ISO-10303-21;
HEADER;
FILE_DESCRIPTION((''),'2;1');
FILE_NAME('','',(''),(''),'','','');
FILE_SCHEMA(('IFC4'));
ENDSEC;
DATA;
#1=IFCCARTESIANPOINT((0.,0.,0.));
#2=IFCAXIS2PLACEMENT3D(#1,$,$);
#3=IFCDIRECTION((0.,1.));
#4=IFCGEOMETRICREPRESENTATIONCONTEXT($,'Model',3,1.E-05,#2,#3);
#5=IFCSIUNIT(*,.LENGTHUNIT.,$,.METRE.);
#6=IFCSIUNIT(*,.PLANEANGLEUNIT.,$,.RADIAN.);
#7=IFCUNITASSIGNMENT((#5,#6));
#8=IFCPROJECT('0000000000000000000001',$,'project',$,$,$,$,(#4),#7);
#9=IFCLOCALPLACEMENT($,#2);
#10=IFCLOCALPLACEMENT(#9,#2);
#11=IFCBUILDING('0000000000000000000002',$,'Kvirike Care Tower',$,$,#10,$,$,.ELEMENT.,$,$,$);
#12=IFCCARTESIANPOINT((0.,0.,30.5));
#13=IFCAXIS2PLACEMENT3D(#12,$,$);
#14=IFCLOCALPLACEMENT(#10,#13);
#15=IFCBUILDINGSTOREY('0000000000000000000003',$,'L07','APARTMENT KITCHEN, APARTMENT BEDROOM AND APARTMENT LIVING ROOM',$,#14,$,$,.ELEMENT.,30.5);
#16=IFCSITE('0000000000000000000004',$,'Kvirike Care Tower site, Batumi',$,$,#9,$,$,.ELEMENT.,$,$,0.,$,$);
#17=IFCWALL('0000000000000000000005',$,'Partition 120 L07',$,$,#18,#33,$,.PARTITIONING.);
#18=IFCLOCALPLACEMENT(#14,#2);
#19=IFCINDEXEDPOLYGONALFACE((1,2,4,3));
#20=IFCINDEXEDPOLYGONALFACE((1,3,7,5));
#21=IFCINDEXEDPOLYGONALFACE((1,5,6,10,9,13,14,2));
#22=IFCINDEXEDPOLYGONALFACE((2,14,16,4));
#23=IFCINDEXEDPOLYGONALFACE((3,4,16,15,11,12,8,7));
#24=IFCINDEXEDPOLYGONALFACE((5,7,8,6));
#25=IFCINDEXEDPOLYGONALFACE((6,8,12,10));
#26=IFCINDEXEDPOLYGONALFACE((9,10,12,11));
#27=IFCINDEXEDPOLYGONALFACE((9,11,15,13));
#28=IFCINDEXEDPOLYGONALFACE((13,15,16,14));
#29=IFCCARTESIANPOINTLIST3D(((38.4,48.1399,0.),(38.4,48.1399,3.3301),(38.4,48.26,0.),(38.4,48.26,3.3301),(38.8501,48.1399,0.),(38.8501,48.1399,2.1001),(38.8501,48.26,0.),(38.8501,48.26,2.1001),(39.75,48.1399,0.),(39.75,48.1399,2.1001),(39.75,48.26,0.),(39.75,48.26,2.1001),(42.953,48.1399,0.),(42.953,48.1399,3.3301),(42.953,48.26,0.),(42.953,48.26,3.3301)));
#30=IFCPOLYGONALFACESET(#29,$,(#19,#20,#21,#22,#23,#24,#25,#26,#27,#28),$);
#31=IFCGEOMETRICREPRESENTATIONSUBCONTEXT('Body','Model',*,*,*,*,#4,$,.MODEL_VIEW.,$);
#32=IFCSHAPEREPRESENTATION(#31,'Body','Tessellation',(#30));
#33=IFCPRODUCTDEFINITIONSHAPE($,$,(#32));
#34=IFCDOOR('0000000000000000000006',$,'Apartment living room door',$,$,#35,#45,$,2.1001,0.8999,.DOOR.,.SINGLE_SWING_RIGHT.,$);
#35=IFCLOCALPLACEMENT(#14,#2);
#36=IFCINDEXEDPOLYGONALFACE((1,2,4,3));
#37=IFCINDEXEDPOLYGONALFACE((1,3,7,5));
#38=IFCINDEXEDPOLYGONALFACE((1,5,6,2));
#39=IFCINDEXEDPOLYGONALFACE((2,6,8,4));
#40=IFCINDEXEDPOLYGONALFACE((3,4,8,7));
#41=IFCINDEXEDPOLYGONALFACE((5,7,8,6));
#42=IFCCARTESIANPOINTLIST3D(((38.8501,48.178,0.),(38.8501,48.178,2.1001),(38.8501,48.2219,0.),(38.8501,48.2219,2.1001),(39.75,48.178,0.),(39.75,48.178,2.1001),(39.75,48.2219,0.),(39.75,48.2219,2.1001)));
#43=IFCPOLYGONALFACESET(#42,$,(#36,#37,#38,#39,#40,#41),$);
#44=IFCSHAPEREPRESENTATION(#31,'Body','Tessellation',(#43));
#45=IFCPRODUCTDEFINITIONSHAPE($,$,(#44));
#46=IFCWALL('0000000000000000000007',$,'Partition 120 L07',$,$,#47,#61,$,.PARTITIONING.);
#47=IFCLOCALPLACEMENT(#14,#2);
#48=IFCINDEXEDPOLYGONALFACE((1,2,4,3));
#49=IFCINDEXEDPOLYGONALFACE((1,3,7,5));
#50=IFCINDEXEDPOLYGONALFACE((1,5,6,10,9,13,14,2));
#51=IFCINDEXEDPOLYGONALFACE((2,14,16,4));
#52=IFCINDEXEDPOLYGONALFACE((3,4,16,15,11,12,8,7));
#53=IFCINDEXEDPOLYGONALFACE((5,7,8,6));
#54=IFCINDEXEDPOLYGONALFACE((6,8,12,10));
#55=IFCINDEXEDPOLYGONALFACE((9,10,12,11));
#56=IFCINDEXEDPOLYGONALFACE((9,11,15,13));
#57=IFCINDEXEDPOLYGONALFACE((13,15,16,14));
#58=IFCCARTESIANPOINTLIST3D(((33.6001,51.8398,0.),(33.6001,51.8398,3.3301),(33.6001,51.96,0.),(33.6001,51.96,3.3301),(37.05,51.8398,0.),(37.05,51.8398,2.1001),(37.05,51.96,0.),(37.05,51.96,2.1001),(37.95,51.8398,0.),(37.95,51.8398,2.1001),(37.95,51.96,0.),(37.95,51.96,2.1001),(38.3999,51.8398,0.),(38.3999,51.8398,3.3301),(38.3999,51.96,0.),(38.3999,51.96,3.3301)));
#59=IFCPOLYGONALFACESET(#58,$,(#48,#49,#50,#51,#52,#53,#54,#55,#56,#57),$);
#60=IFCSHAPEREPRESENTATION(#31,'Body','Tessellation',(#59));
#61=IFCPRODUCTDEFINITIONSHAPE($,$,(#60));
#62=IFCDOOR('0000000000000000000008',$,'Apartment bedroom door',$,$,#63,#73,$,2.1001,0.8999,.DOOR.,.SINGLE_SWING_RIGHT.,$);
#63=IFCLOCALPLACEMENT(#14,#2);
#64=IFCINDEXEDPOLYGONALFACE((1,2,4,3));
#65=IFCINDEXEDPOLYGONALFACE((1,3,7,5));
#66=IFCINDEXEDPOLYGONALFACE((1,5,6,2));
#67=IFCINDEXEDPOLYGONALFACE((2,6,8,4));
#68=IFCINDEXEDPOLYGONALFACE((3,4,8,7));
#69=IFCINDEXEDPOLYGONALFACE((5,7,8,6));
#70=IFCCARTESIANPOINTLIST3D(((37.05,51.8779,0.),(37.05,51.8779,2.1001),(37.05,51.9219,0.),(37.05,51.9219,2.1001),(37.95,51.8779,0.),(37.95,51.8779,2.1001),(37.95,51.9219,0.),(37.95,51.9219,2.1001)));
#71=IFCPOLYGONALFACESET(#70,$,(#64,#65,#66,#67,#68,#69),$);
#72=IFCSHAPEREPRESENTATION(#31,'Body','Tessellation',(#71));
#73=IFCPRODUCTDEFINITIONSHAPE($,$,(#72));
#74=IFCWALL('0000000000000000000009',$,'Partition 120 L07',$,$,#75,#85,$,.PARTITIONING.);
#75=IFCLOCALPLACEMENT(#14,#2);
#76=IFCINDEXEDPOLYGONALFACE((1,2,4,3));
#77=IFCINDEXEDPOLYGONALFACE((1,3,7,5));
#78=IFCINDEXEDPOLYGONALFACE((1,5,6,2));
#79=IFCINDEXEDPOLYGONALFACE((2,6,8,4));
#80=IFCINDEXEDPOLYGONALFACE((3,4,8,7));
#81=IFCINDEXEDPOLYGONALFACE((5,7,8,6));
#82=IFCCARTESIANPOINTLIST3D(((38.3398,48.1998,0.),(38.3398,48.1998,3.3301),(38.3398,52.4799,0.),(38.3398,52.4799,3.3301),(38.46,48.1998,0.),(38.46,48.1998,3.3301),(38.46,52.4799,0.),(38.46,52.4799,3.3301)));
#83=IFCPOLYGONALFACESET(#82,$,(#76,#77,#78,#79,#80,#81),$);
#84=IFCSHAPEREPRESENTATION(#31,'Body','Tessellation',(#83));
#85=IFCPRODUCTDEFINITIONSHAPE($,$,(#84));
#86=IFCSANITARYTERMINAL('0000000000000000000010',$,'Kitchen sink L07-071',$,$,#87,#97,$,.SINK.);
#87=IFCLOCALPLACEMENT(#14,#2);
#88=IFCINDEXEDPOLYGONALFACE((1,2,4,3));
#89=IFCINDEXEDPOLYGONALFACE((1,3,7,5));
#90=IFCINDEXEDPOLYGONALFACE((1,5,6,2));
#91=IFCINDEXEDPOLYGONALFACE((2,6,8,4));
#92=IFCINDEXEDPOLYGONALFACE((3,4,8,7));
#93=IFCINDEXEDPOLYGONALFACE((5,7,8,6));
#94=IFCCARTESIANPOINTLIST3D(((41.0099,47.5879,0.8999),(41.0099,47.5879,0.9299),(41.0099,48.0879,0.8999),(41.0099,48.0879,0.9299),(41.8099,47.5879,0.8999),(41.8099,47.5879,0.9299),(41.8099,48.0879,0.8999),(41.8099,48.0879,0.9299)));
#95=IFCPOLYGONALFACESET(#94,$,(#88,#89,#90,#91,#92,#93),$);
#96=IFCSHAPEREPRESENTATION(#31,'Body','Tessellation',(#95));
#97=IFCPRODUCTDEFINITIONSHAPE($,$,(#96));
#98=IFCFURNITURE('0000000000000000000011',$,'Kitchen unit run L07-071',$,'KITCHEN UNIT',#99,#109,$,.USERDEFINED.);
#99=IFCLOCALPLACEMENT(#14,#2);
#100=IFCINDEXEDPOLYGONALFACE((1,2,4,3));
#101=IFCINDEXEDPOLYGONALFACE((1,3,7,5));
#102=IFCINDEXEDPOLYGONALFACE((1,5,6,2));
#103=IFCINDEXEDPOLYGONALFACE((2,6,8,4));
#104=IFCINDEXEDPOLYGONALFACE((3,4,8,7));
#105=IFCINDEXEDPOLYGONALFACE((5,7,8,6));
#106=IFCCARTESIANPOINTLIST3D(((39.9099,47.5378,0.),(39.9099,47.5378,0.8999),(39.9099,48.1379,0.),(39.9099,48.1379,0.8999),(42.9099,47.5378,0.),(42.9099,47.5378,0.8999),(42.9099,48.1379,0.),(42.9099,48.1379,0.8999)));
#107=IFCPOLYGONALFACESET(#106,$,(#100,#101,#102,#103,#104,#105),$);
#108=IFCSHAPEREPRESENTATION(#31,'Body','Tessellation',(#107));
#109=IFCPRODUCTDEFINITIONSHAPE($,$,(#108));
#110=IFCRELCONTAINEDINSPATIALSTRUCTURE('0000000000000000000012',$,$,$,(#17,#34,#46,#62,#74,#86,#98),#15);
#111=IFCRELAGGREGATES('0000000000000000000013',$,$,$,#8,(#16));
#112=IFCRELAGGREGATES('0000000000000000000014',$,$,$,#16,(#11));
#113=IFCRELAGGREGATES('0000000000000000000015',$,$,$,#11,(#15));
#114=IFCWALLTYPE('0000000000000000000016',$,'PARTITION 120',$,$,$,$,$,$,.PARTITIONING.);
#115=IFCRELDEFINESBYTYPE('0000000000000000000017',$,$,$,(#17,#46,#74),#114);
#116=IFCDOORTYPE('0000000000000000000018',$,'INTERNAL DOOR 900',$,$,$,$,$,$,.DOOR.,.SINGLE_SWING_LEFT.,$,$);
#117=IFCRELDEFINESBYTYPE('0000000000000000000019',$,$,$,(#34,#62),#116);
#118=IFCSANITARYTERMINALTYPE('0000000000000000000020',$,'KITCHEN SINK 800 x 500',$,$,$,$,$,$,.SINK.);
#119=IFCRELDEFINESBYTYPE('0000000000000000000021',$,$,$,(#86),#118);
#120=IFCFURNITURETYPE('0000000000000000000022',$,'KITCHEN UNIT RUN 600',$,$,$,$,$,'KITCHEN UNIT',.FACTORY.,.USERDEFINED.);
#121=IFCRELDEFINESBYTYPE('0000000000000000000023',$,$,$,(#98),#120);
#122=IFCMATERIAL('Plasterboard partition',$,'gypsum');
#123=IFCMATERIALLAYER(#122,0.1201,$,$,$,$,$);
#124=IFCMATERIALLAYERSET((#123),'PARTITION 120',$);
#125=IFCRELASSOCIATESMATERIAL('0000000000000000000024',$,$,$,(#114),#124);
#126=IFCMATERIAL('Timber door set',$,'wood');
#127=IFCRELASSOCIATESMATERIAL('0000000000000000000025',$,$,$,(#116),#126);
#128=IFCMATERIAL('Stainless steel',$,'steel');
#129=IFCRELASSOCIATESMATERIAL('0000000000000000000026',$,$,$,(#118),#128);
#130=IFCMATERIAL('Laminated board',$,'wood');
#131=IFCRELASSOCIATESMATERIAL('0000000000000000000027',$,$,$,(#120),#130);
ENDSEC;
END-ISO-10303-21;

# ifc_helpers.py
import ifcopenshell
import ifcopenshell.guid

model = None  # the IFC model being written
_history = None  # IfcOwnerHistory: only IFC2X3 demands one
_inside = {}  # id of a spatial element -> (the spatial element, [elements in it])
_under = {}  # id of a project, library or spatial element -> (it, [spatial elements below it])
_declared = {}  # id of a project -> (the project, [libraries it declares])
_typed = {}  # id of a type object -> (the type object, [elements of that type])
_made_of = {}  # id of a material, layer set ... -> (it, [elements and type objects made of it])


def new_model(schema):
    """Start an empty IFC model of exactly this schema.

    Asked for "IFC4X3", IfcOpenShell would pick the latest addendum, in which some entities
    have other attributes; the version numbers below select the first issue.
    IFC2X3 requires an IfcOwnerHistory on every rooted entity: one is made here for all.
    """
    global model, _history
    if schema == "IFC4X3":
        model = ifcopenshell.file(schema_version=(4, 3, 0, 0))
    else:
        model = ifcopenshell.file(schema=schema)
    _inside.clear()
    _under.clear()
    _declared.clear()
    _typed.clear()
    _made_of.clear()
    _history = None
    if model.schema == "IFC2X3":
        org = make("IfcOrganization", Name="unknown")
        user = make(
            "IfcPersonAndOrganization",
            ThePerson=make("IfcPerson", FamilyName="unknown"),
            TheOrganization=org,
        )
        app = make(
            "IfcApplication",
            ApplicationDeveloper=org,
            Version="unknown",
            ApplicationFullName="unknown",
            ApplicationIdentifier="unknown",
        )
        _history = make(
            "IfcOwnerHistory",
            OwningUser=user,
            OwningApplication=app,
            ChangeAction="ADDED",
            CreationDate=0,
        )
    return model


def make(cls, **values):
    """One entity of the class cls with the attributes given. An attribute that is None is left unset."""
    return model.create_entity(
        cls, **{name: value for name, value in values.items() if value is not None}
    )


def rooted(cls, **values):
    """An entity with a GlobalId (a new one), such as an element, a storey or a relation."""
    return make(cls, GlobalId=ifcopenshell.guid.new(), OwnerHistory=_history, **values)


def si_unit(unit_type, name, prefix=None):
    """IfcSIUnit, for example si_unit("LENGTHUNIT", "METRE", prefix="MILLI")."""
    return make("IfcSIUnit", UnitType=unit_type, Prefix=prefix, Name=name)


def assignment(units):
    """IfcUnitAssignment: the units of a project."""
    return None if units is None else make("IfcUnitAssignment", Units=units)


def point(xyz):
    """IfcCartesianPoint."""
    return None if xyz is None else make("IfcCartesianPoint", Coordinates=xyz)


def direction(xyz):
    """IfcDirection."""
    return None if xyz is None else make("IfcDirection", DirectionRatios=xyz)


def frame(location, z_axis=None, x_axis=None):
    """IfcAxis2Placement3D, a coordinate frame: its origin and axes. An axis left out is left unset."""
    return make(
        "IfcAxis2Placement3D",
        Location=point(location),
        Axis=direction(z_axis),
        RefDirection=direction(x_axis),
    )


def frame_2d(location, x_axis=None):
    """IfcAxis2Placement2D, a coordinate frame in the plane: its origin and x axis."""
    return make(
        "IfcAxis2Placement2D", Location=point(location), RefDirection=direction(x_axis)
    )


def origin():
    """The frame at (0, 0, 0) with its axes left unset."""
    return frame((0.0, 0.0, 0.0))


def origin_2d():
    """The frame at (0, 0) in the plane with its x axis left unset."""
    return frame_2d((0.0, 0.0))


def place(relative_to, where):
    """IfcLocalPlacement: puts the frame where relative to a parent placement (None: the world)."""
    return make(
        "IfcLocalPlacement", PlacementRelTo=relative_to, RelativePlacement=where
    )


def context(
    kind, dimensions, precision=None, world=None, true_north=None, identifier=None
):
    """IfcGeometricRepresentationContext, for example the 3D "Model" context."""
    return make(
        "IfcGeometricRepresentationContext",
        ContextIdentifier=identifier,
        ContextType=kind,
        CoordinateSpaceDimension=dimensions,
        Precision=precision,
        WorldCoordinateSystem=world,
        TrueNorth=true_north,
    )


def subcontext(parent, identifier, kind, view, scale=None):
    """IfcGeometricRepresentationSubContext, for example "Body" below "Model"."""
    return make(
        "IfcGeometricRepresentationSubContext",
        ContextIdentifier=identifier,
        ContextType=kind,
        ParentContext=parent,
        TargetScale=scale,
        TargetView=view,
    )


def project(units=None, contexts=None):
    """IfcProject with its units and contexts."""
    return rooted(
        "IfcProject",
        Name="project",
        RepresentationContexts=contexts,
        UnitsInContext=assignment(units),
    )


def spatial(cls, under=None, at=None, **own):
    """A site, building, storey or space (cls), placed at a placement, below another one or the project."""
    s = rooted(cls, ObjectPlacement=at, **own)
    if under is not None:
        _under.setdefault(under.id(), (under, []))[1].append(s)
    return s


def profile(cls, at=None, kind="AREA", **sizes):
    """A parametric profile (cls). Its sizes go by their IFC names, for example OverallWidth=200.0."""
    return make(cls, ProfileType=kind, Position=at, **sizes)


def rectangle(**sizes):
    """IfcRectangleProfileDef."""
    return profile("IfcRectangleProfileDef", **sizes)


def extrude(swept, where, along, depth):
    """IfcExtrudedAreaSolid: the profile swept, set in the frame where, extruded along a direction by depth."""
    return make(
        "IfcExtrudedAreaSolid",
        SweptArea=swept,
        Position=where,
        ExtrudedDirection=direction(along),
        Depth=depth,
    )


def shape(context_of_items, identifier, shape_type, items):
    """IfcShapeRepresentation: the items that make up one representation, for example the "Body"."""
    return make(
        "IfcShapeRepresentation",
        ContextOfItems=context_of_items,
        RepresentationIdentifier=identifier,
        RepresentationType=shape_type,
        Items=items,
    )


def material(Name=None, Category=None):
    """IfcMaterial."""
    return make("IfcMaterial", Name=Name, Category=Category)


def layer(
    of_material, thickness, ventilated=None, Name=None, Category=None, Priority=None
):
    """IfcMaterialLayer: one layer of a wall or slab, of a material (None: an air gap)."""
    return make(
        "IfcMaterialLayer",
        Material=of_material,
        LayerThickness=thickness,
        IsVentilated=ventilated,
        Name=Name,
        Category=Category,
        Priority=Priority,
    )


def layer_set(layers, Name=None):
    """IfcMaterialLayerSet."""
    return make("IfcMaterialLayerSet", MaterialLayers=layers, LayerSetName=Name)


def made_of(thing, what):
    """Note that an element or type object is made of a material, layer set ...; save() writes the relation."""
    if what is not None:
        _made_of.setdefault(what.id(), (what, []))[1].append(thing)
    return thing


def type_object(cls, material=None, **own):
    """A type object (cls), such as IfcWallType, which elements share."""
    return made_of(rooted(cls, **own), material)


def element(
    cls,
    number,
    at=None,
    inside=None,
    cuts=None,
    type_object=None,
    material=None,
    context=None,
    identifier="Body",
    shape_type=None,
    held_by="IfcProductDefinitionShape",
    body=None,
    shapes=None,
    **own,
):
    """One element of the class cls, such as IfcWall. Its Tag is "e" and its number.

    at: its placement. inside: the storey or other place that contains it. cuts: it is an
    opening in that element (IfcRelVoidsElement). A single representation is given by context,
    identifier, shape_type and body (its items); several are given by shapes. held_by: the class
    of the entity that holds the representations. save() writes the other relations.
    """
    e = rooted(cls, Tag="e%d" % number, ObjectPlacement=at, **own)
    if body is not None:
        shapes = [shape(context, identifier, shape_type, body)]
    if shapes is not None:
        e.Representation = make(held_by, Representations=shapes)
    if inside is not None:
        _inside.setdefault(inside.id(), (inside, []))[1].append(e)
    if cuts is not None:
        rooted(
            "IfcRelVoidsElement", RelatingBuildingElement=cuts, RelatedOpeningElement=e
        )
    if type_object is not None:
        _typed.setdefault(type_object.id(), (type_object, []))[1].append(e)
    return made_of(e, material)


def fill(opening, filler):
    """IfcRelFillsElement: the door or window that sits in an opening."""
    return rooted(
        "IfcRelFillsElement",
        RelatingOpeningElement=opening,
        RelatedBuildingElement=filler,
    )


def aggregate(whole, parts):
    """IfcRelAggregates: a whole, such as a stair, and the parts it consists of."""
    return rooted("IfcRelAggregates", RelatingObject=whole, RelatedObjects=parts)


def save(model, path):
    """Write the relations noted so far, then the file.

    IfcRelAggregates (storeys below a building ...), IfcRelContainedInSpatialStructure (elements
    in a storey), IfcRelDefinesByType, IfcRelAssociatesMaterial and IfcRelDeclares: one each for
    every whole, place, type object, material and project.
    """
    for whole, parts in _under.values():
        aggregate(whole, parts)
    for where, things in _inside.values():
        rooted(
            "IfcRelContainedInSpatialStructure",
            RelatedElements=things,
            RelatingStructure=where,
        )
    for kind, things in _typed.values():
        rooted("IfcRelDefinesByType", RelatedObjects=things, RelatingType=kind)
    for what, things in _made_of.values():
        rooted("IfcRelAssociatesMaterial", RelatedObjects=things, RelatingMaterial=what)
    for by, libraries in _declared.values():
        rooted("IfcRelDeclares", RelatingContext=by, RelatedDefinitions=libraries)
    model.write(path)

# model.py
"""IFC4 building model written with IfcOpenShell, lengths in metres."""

from ifc_helpers import new_model, si_unit, direction, frame, frame_2d, origin, origin_2d, place, context, subcontext, project, spatial, rectangle, extrude, material, layer, layer_set, type_object, element, fill, save


model = new_model("IFC4")

# Units and contexts
model_context = context("Model", 3, precision=1e-05, world=origin(), true_north=direction((0.0, 1.0)))
body_context = subcontext(model_context, "Body", "Model", "MODEL_VIEW")
ifc_project = project(units=[si_unit("LENGTHUNIT", "METRE"), si_unit("PLANEANGLEUNIT", "RADIAN")], contexts=[model_context])

# Site, building, storey
site_placement = place(None, origin())
site = spatial("IfcSite", under=ifc_project, at=site_placement, Name="Kvirike Care Tower site, Batumi", CompositionType="ELEMENT", RefElevation=0.0)
building_placement = place(site_placement, origin())
building = spatial("IfcBuilding", under=site, at=building_placement, Name="Kvirike Care Tower", CompositionType="ELEMENT")
storey_placement = place(building_placement, frame((0.0, 0.0, 30.5)))
storey = spatial("IfcBuildingStorey", under=building, at=storey_placement, Name="L07", Description="APARTMENT KITCHEN, APARTMENT BEDROOM AND APARTMENT LIVING ROOM", CompositionType="ELEMENT", Elevation=30.5)

# Walls, openings, doors
ifc_material_1 = material(Name="Plasterboard partition", Category="gypsum")
ifc_layer_1 = layer(ifc_material_1, 0.1201)
ifc_layer_set_1 = layer_set([ifc_layer_1], Name="PARTITION 120")
wall_type_1 = type_object("IfcWallType", Name="PARTITION 120", PredefinedType="PARTITIONING", material=ifc_layer_set_1)
ifc_material_2 = material(Name="Timber door set", Category="wood")
door_type_1 = type_object("IfcDoorType", Name="INTERNAL DOOR 900", OperationType="SINGLE_SWING_LEFT", PredefinedType="DOOR", material=ifc_material_2)
wall_1_placement = place(storey_placement, frame((42.9529, 48.2, 0.0), z_axis=(0.0, 0.0, 1.0), x_axis=(-1.0, 0.0, 0.0)))
wall_1 = element("IfcWall", 1, at=wall_1_placement, inside=storey, type_object=wall_type_1, Name="Partition 120 L07", PredefinedType="PARTITIONING", context=body_context, shape_type="SweptSolid", body=[
    extrude(rectangle(XDim=4.553, YDim=0.1201, at=frame_2d((2.2764, 0.0))), origin(), (0.0, 0.0, 1.0), 3.3301),
])
opening_1_placement = place(wall_1_placement, frame((3.2029, 0.0, 0.0)))
opening_1 = element("IfcOpeningElement", 2, at=opening_1_placement, cuts=wall_1, PredefinedType="OPENING", context=body_context, shape_type="SweptSolid", body=[
    extrude(rectangle(XDim=0.8999, YDim=2.1001, at=frame_2d((0.45, 1.05))), frame((0.0, 0.0706, 0.0), z_axis=(0.0, -1.0, 0.0), x_axis=(1.0, 0.0, 0.0)), (0.0, 0.0, 1.0), 0.1411),
])
door_1_placement = place(opening_1_placement, frame((0.8999, 0.0, 0.0), z_axis=(0.0, 0.0, 1.0), x_axis=(-1.0, 0.0, 0.0)))
door_1 = element("IfcDoor", 3, at=door_1_placement, inside=storey, type_object=door_type_1, Name="Apartment living room door", OperationType="SINGLE_SWING_RIGHT", OverallHeight=2.1001, OverallWidth=0.8999, PredefinedType="DOOR", context=body_context, shape_type="SweptSolid", body=[
    extrude(rectangle(XDim=0.8999, YDim=2.1001, at=frame_2d((0.45, 1.05))), frame((0.0, 0.022, 0.0), z_axis=(0.0, -1.0, 0.0), x_axis=(1.0, 0.0, 0.0)), (0.0, 0.0, 1.0), 0.0439),
])
fill(opening_1, door_1)
wall_2_placement = place(storey_placement, frame((38.3999, 51.8999, 0.0), z_axis=(0.0, 0.0, 1.0), x_axis=(-1.0, 0.0, 0.0)))
wall_2 = element("IfcWall", 4, at=wall_2_placement, inside=storey, type_object=wall_type_1, Name="Partition 120 L07", PredefinedType="PARTITIONING", context=body_context, shape_type="SweptSolid", body=[
    extrude(rectangle(XDim=4.7998, YDim=0.1201, at=frame_2d((2.3999, 0.0))), origin(), (0.0, 0.0, 1.0), 3.3301),
])
opening_2_placement = place(wall_2_placement, frame((0.45, 0.0, 0.0)))
opening_2 = element("IfcOpeningElement", 5, at=opening_2_placement, cuts=wall_2, PredefinedType="OPENING", context=body_context, shape_type="SweptSolid", body=[
    extrude(rectangle(XDim=0.8999, YDim=2.1001, at=frame_2d((0.45, 1.05))), frame((0.0, 0.0706, 0.0), z_axis=(0.0, -1.0, 0.0), x_axis=(1.0, 0.0, 0.0)), (0.0, 0.0, 1.0), 0.1411),
])
door_2_placement = place(opening_2_placement, origin())
door_2 = element("IfcDoor", 6, at=door_2_placement, inside=storey, type_object=door_type_1, Name="Apartment bedroom door", OperationType="SINGLE_SWING_RIGHT", OverallHeight=2.1001, OverallWidth=0.8999, PredefinedType="DOOR", context=body_context, shape_type="SweptSolid", body=[
    extrude(rectangle(XDim=0.8999, YDim=2.1001, at=frame_2d((0.45, 1.05))), frame((0.0, 0.022, 0.0), z_axis=(0.0, -1.0, 0.0), x_axis=(1.0, 0.0, 0.0)), (0.0, 0.0, 1.0), 0.0439),
])
fill(opening_2, door_2)

# Wall
wall_3_placement = place(storey_placement, frame((38.3999, 52.48, 0.0), z_axis=(0.0, 0.0, 1.0), x_axis=(0.0, -1.0, 0.0)))
element("IfcWall", 7, at=wall_3_placement, inside=storey, type_object=wall_type_1, Name="Partition 120 L07", PredefinedType="PARTITIONING", context=body_context, shape_type="SweptSolid", body=[
    extrude(rectangle(XDim=4.28, YDim=0.1201, at=frame_2d((2.1401, 0.0))), origin(), (0.0, 0.0, 1.0), 3.3301),
])

# Sanitary terminal
ifc_material_3 = material(Name="Stainless steel", Category="steel")
sanitary_terminal_type = type_object("IfcSanitaryTerminalType", Name="KITCHEN SINK 800 x 500", PredefinedType="SINK", material=ifc_material_3)
sanitary_terminal_placement = place(storey_placement, frame((41.4099, 47.8379, 0.8999), z_axis=(0.0, 0.0, 1.0), x_axis=(1.0, 0.0, 0.0)))
element("IfcSanitaryTerminal", 8, at=sanitary_terminal_placement, inside=storey, type_object=sanitary_terminal_type, Name="Kitchen sink L07-071", PredefinedType="SINK", context=body_context, shape_type="SweptSolid", body=[
    extrude(rectangle(XDim=0.8, YDim=0.5, at=origin_2d()), origin(), (0.0, 0.0, 1.0), 0.03),
])

# Furniture
ifc_material_4 = material(Name="Laminated board", Category="wood")
furniture_type = type_object("IfcFurnitureType", Name="KITCHEN UNIT RUN 600", ElementType="KITCHEN UNIT", AssemblyPlace="FACTORY", PredefinedType="USERDEFINED", material=ifc_material_4)
furniture_placement = place(storey_placement, frame((41.4099, 47.8379, 0.0), z_axis=(0.0, 0.0, 1.0), x_axis=(1.0, 0.0, 0.0)))
element("IfcFurniture", 9, at=furniture_placement, inside=storey, type_object=furniture_type, Name="Kitchen unit run L07-071", ObjectType="KITCHEN UNIT", PredefinedType="USERDEFINED", context=body_context, shape_type="SweptSolid", body=[
    extrude(rectangle(XDim=3.0, YDim=0.6001, at=origin_2d()), origin(), (0.0, 0.0, 1.0), 0.8999),
])

save(model, "model.ifc")
